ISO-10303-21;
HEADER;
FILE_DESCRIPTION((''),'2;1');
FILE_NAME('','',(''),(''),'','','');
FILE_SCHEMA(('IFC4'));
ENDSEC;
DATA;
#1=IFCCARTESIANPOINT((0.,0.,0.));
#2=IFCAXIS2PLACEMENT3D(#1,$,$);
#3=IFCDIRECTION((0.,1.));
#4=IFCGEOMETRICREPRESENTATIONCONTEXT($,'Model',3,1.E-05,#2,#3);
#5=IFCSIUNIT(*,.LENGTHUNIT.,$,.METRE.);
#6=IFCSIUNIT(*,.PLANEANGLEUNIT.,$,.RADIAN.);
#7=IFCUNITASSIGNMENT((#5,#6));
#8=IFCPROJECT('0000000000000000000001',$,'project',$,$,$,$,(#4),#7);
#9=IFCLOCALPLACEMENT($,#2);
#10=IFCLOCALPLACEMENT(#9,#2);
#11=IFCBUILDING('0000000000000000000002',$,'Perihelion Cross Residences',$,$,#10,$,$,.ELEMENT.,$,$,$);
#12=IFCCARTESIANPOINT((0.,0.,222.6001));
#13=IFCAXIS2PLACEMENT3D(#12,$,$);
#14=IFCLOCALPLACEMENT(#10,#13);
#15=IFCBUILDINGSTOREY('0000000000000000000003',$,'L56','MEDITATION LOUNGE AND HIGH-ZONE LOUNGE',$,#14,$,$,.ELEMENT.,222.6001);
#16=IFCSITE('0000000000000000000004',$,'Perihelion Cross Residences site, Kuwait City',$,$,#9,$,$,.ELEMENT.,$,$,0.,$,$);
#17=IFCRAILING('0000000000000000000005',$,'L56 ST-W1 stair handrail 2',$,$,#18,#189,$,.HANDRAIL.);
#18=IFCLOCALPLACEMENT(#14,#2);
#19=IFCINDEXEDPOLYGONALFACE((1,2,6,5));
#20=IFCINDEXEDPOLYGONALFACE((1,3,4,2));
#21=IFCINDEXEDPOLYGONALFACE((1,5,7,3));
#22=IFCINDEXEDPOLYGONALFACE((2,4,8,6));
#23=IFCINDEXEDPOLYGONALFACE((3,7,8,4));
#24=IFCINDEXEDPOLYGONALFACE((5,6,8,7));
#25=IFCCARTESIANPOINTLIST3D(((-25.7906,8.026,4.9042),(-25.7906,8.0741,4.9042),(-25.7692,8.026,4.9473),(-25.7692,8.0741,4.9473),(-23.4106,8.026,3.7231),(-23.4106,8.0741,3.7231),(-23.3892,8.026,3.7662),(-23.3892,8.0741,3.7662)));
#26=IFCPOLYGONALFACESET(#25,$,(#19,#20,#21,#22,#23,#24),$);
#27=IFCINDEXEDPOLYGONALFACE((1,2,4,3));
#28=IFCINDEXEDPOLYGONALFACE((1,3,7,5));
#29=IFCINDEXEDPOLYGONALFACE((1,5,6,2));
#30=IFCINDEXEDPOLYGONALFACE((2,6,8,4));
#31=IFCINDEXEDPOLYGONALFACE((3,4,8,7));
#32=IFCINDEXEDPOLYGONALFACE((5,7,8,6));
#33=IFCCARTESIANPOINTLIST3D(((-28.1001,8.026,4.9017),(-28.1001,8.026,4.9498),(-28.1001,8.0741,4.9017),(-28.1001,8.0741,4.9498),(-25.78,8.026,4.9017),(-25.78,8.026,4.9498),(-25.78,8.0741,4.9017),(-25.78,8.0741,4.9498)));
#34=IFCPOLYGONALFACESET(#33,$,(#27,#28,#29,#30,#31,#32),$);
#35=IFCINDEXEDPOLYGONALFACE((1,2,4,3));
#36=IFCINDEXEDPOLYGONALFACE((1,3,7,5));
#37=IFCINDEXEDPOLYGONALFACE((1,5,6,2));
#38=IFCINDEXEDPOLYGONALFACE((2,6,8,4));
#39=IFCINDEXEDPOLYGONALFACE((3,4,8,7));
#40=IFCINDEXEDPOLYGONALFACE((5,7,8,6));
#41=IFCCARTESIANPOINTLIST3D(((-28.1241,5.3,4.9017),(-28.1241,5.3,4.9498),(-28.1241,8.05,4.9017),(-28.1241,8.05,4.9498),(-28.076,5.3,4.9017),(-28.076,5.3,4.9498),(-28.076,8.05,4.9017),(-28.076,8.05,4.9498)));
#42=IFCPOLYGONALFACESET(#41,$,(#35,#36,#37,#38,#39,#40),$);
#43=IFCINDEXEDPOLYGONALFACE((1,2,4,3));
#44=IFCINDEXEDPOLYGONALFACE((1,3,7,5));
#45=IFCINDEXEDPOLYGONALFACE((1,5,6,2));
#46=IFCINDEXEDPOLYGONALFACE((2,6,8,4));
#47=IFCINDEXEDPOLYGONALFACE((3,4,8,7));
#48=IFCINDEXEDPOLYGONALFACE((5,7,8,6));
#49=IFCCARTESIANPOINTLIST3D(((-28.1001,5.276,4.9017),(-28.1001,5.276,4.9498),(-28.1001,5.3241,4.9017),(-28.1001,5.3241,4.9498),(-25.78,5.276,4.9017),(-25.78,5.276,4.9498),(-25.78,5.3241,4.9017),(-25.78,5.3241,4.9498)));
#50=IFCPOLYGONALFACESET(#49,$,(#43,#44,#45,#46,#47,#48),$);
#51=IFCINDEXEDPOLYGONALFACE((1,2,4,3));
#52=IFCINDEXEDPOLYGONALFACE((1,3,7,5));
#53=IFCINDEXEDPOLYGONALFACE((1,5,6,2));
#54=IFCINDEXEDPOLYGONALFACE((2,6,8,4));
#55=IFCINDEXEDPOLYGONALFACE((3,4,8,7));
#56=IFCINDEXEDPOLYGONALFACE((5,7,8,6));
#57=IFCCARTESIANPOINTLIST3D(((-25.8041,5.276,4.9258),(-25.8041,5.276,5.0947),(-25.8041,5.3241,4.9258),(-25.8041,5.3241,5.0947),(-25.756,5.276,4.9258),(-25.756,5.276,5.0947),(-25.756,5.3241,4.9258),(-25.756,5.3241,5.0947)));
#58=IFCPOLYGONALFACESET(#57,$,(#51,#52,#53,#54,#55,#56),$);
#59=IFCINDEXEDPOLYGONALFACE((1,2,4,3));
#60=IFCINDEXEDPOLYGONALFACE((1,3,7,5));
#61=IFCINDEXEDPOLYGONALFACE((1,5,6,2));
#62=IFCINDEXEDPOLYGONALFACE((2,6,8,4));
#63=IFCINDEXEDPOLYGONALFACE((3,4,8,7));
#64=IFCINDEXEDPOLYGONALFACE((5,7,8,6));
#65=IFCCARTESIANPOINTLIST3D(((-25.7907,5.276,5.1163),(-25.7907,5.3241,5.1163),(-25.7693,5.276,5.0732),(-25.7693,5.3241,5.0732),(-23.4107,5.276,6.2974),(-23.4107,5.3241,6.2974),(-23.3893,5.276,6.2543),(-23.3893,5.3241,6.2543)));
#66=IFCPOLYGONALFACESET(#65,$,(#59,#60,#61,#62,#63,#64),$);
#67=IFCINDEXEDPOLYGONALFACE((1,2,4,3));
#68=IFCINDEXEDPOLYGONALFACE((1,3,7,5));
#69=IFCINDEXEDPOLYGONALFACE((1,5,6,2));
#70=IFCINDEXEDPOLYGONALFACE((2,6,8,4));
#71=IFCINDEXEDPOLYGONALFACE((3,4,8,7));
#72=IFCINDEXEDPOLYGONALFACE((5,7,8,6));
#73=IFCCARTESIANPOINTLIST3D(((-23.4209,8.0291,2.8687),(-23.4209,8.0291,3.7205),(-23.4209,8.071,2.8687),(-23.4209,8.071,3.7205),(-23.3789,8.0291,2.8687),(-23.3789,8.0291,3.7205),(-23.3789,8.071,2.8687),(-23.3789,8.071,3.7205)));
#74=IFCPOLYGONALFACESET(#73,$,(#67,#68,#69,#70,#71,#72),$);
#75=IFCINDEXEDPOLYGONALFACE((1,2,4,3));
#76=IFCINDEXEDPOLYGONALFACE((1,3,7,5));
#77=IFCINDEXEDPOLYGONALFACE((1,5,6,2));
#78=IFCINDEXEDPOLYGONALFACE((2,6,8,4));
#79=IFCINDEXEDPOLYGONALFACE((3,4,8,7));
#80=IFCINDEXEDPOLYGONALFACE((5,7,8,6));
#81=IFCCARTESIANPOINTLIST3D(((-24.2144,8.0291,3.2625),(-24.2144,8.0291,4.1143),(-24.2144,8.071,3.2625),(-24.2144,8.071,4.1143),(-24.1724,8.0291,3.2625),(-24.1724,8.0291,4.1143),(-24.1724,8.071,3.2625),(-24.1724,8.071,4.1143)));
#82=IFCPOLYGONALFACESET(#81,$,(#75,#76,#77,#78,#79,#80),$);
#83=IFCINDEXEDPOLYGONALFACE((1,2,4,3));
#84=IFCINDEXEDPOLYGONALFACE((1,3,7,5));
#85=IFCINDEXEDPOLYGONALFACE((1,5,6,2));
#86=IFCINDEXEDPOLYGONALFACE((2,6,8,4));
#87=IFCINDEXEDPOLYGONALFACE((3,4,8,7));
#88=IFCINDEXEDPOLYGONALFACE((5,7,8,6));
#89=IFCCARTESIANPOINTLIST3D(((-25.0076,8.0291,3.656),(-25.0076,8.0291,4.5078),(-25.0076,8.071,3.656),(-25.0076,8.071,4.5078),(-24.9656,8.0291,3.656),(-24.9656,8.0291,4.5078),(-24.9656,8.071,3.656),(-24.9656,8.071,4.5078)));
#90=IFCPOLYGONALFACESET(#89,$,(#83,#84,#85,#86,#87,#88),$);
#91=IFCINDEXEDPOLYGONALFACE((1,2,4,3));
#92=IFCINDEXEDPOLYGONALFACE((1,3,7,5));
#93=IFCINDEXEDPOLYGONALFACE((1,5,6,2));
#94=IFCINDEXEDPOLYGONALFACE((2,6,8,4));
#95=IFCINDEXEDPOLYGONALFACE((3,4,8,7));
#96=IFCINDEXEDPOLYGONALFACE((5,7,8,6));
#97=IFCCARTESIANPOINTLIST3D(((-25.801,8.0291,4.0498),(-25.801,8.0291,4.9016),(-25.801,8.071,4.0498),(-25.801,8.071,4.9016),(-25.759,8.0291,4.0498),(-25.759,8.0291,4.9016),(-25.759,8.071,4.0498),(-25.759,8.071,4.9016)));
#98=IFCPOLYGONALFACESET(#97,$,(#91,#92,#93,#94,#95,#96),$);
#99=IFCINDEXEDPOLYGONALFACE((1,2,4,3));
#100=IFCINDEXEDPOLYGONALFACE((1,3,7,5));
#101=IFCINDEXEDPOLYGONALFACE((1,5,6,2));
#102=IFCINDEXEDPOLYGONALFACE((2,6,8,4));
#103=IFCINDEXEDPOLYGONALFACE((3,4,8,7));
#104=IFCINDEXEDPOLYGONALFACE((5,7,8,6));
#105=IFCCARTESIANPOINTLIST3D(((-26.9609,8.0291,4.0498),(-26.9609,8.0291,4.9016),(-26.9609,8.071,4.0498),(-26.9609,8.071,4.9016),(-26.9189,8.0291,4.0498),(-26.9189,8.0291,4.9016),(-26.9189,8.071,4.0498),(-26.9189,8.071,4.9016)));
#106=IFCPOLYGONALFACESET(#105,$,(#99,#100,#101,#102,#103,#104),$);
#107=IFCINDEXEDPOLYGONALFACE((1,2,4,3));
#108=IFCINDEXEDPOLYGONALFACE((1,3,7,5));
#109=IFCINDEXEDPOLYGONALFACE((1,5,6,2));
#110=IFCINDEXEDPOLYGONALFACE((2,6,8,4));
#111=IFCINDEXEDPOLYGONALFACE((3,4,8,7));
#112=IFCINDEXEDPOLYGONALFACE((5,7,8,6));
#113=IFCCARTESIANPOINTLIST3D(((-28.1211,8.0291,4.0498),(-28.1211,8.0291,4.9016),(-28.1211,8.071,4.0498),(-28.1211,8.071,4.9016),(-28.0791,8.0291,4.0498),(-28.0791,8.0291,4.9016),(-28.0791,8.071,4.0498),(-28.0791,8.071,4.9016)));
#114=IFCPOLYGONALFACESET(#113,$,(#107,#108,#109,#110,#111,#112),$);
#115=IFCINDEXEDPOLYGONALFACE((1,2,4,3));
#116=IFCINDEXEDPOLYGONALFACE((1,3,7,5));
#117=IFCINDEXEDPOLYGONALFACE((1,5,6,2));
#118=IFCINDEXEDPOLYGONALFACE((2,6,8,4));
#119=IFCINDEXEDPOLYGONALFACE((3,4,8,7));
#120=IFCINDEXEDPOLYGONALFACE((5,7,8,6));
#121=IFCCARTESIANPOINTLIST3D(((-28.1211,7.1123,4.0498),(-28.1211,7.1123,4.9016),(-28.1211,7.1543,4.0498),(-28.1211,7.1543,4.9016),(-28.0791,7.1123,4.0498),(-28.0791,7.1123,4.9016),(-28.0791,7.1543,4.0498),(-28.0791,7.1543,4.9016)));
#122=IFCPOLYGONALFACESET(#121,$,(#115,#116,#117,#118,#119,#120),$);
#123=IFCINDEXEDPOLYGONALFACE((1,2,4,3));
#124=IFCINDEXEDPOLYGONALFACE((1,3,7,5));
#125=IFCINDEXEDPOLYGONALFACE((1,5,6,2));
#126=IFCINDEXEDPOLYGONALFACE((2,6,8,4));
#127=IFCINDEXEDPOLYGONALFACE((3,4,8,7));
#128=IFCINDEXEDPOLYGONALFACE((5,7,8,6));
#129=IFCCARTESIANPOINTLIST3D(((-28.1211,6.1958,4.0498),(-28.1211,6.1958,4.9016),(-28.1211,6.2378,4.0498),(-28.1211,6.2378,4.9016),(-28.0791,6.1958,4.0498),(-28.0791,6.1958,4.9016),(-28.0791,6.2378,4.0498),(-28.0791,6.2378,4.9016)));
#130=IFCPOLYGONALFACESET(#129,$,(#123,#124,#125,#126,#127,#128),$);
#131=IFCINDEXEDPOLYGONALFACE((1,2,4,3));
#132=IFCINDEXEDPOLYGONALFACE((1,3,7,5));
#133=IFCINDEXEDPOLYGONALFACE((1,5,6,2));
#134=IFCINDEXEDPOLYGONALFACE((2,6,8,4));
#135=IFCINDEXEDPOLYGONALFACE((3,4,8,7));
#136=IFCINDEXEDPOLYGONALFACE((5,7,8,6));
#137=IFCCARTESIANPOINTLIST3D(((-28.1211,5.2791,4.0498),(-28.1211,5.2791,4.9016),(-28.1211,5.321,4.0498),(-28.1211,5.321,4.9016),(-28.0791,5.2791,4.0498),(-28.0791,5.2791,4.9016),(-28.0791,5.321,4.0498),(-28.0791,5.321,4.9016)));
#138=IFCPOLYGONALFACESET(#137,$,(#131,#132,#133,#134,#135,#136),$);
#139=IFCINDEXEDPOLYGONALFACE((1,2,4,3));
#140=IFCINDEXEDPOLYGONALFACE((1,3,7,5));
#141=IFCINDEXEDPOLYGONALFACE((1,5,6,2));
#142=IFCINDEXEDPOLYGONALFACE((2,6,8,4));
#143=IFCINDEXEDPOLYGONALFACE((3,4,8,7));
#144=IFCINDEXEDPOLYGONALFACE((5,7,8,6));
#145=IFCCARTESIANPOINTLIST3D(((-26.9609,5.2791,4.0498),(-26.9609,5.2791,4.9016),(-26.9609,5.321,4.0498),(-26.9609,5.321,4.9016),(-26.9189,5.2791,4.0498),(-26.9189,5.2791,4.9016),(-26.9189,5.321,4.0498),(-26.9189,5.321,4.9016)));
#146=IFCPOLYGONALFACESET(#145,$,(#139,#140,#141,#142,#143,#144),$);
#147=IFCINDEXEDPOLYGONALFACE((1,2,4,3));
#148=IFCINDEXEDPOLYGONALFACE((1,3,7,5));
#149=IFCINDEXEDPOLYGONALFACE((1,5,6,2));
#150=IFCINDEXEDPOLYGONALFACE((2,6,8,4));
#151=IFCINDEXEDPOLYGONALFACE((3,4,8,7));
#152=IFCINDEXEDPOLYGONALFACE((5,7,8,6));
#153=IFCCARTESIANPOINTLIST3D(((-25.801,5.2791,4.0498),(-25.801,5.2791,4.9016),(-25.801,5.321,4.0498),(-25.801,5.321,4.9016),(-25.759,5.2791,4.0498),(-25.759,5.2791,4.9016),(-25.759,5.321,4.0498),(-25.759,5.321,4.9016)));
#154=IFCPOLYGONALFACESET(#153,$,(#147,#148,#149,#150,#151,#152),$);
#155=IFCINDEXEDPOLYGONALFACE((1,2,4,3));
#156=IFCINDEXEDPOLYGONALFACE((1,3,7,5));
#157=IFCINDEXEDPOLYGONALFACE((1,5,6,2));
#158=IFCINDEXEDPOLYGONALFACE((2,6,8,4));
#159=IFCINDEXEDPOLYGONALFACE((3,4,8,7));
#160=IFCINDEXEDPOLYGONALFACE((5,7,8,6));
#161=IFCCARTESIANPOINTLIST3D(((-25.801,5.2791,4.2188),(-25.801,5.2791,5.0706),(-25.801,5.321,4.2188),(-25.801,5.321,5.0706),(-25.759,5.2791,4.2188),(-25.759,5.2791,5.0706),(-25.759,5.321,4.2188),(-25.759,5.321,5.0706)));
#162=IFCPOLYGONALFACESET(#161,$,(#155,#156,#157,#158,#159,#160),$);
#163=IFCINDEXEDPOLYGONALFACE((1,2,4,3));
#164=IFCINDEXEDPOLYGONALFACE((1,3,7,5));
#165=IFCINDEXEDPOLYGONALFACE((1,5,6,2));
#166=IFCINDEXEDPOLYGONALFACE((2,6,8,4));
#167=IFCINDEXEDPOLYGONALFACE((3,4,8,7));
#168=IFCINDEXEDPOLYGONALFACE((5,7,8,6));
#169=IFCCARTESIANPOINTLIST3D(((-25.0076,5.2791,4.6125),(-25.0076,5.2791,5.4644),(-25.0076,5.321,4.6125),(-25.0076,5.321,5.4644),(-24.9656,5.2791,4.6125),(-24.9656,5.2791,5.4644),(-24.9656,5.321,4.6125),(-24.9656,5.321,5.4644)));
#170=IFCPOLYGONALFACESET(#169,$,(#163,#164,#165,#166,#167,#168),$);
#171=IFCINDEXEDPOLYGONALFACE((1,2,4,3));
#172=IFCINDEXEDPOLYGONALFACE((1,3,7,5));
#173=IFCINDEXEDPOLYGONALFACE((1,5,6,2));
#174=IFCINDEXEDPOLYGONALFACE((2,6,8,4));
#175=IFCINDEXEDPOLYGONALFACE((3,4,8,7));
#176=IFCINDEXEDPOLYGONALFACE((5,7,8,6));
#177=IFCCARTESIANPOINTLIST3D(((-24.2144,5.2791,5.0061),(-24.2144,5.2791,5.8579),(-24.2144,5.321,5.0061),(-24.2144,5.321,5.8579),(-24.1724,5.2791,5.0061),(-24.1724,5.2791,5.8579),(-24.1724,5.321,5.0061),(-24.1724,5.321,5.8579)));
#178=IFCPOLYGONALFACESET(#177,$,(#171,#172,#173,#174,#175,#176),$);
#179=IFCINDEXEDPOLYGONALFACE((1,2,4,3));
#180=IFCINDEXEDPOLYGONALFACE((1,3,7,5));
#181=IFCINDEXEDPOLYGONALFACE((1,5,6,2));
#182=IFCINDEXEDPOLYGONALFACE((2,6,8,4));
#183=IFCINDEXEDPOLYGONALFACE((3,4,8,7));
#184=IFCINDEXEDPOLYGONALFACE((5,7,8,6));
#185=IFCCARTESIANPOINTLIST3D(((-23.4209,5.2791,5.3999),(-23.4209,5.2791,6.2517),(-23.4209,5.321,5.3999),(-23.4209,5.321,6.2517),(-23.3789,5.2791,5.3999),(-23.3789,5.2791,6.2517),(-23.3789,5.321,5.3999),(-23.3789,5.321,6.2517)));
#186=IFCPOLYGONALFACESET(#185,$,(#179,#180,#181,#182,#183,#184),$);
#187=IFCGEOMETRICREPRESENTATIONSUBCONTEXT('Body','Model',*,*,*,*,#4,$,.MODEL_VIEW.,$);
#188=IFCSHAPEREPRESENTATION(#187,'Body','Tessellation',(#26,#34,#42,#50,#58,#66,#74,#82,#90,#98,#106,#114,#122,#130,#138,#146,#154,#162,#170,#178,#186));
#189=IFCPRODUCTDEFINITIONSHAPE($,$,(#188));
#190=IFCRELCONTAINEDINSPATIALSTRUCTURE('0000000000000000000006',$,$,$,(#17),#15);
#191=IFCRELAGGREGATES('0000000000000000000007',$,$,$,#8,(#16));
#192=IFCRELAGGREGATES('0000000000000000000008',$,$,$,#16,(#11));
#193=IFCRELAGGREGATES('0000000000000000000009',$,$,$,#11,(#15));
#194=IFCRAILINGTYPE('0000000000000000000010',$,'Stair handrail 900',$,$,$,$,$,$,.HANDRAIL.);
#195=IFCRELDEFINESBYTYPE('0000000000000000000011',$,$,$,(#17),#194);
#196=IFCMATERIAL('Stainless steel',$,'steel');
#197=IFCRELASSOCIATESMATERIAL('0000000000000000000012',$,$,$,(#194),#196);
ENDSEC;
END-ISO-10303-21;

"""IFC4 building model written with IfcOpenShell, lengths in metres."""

from ifc_helpers import new_model, si_unit, direction, frame, origin, origin_2d, place, context, subcontext, project, spatial, rectangle, extrude, material, type_object, element, save


model = new_model("IFC4")

# Units and contexts
model_context = context("Model", 3, precision=1e-05, world=origin(), true_north=direction((0.0, 1.0)))
body_context = subcontext(model_context, "Body", "Model", "MODEL_VIEW")
ifc_project = project(units=[si_unit("LENGTHUNIT", "METRE"), si_unit("PLANEANGLEUNIT", "RADIAN")], contexts=[model_context])

# Site, building, storey
site_placement = place(None, origin())
site = spatial("IfcSite", under=ifc_project, at=site_placement, Name="Perihelion Cross Residences site, Kuwait City", CompositionType="ELEMENT", RefElevation=0.0)
building_placement = place(site_placement, origin())
building = spatial("IfcBuilding", under=site, at=building_placement, Name="Perihelion Cross Residences", CompositionType="ELEMENT")
storey_placement = place(building_placement, frame((0.0, 0.0, 222.6001)))
storey = spatial("IfcBuildingStorey", under=building, at=storey_placement, Name="L56", Description="MEDITATION LOUNGE AND HIGH-ZONE LOUNGE", CompositionType="ELEMENT", Elevation=222.6001)

# Railing
ifc_material_1 = material(Name="Stainless steel", Category="steel")
railing_type_1 = type_object("IfcRailingType", Name="Stair handrail 900", PredefinedType="HANDRAIL", material=ifc_material_1)
railing_1_placement = place(storey_placement, frame((-23.3999, 8.05, 2.8687)))
element("IfcRailing", 1, at=railing_1_placement, inside=storey, type_object=railing_type_1, Name="L56 ST-W1 stair handrail 2", PredefinedType="HANDRAIL", context=body_context, shape_type="SweptSolid", body=[
    extrude(rectangle(XDim=0.0481, YDim=0.0481, at=origin_2d()), frame((0.0, 0.0, 0.876), z_axis=(-0.895765, 0.0, 0.444529), x_axis=(0.0, -1.0, 0.0)), (0.0, 0.0, 1.0), 2.657),
    extrude(rectangle(XDim=0.0481, YDim=0.0481, at=origin_2d()), frame((-2.3801, 0.0, 2.0571), z_axis=(-1.0, 0.0, 0.0), x_axis=(0.0, -1.0, 0.0)), (0.0, 0.0, 1.0), 2.3201),
    extrude(rectangle(XDim=0.0481, YDim=0.0481, at=origin_2d()), frame((-4.7002, 0.0, 2.0571), z_axis=(0.0, -1.0, 0.0), x_axis=(1.0, 0.0, 0.0)), (0.0, 0.0, 1.0), 2.75),
    extrude(rectangle(XDim=0.0481, YDim=0.0481, at=origin_2d()), frame((-4.7002, -2.75, 2.0571), z_axis=(1.0, 0.0, 0.0), x_axis=(0.0, 1.0, 0.0)), (0.0, 0.0, 1.0), 2.3201),
    extrude(rectangle(XDim=0.0481, YDim=0.0481, at=origin_2d()), frame((-2.3801, -2.75, 2.0571), z_axis=(0.0, 0.0, 1.0), x_axis=(1.0, 0.0, 0.0)), (0.0, 0.0, 1.0), 0.1689),
    extrude(rectangle(XDim=0.0481, YDim=0.0481, at=origin_2d()), frame((-2.3801, -2.75, 2.2261), z_axis=(0.895765, 0.0, 0.444529), x_axis=(0.0, 1.0, 0.0)), (0.0, 0.0, 1.0), 2.657),
    extrude(rectangle(XDim=0.042, YDim=0.042, at=origin_2d()), origin(), (0.0, 0.0, 1.0), 0.8518),
    extrude(rectangle(XDim=0.042, YDim=0.042, at=origin_2d()), frame((-0.7935, 0.0, 0.3938)), (0.0, 0.0, 1.0), 0.8518),
    extrude(rectangle(XDim=0.042, YDim=0.042, at=origin_2d()), frame((-1.5867, 0.0, 0.7874)), (0.0, 0.0, 1.0), 0.8518),
    extrude(rectangle(XDim=0.042, YDim=0.042, at=origin_2d()), frame((-2.3801, 0.0, 1.1812)), (0.0, 0.0, 1.0), 0.8518),
    extrude(rectangle(XDim=0.042, YDim=0.042, at=origin_2d()), frame((-3.54, 0.0, 1.1812)), (0.0, 0.0, 1.0), 0.8518),
    extrude(rectangle(XDim=0.042, YDim=0.042, at=origin_2d()), frame((-4.7002, 0.0, 1.1812)), (0.0, 0.0, 1.0), 0.8518),
    extrude(rectangle(XDim=0.042, YDim=0.042, at=origin_2d()), frame((-4.7002, -0.9167, 1.1812)), (0.0, 0.0, 1.0), 0.8518),
    extrude(rectangle(XDim=0.042, YDim=0.042, at=origin_2d()), frame((-4.7002, -1.8333, 1.1812)), (0.0, 0.0, 1.0), 0.8518),
    extrude(rectangle(XDim=0.042, YDim=0.042, at=origin_2d()), frame((-4.7002, -2.75, 1.1812)), (0.0, 0.0, 1.0), 0.8518),
    extrude(rectangle(XDim=0.042, YDim=0.042, at=origin_2d()), frame((-3.54, -2.75, 1.1812)), (0.0, 0.0, 1.0), 0.8518),
    extrude(rectangle(XDim=0.042, YDim=0.042, at=origin_2d()), frame((-2.3801, -2.75, 1.1812)), (0.0, 0.0, 1.0), 0.8518),
    extrude(rectangle(XDim=0.042, YDim=0.042, at=origin_2d()), frame((-2.3801, -2.75, 1.3501)), (0.0, 0.0, 1.0), 0.8518),
    extrude(rectangle(XDim=0.042, YDim=0.042, at=origin_2d()), frame((-1.5867, -2.75, 1.7439)), (0.0, 0.0, 1.0), 0.8518),
    extrude(rectangle(XDim=0.042, YDim=0.042, at=origin_2d()), frame((-0.7935, -2.75, 2.1375)), (0.0, 0.0, 1.0), 0.8518),
    extrude(rectangle(XDim=0.042, YDim=0.042, at=origin_2d()), frame((0.0, -2.75, 2.5312)), (0.0, 0.0, 1.0), 0.8518),
])

save(model, "model.ifc")
